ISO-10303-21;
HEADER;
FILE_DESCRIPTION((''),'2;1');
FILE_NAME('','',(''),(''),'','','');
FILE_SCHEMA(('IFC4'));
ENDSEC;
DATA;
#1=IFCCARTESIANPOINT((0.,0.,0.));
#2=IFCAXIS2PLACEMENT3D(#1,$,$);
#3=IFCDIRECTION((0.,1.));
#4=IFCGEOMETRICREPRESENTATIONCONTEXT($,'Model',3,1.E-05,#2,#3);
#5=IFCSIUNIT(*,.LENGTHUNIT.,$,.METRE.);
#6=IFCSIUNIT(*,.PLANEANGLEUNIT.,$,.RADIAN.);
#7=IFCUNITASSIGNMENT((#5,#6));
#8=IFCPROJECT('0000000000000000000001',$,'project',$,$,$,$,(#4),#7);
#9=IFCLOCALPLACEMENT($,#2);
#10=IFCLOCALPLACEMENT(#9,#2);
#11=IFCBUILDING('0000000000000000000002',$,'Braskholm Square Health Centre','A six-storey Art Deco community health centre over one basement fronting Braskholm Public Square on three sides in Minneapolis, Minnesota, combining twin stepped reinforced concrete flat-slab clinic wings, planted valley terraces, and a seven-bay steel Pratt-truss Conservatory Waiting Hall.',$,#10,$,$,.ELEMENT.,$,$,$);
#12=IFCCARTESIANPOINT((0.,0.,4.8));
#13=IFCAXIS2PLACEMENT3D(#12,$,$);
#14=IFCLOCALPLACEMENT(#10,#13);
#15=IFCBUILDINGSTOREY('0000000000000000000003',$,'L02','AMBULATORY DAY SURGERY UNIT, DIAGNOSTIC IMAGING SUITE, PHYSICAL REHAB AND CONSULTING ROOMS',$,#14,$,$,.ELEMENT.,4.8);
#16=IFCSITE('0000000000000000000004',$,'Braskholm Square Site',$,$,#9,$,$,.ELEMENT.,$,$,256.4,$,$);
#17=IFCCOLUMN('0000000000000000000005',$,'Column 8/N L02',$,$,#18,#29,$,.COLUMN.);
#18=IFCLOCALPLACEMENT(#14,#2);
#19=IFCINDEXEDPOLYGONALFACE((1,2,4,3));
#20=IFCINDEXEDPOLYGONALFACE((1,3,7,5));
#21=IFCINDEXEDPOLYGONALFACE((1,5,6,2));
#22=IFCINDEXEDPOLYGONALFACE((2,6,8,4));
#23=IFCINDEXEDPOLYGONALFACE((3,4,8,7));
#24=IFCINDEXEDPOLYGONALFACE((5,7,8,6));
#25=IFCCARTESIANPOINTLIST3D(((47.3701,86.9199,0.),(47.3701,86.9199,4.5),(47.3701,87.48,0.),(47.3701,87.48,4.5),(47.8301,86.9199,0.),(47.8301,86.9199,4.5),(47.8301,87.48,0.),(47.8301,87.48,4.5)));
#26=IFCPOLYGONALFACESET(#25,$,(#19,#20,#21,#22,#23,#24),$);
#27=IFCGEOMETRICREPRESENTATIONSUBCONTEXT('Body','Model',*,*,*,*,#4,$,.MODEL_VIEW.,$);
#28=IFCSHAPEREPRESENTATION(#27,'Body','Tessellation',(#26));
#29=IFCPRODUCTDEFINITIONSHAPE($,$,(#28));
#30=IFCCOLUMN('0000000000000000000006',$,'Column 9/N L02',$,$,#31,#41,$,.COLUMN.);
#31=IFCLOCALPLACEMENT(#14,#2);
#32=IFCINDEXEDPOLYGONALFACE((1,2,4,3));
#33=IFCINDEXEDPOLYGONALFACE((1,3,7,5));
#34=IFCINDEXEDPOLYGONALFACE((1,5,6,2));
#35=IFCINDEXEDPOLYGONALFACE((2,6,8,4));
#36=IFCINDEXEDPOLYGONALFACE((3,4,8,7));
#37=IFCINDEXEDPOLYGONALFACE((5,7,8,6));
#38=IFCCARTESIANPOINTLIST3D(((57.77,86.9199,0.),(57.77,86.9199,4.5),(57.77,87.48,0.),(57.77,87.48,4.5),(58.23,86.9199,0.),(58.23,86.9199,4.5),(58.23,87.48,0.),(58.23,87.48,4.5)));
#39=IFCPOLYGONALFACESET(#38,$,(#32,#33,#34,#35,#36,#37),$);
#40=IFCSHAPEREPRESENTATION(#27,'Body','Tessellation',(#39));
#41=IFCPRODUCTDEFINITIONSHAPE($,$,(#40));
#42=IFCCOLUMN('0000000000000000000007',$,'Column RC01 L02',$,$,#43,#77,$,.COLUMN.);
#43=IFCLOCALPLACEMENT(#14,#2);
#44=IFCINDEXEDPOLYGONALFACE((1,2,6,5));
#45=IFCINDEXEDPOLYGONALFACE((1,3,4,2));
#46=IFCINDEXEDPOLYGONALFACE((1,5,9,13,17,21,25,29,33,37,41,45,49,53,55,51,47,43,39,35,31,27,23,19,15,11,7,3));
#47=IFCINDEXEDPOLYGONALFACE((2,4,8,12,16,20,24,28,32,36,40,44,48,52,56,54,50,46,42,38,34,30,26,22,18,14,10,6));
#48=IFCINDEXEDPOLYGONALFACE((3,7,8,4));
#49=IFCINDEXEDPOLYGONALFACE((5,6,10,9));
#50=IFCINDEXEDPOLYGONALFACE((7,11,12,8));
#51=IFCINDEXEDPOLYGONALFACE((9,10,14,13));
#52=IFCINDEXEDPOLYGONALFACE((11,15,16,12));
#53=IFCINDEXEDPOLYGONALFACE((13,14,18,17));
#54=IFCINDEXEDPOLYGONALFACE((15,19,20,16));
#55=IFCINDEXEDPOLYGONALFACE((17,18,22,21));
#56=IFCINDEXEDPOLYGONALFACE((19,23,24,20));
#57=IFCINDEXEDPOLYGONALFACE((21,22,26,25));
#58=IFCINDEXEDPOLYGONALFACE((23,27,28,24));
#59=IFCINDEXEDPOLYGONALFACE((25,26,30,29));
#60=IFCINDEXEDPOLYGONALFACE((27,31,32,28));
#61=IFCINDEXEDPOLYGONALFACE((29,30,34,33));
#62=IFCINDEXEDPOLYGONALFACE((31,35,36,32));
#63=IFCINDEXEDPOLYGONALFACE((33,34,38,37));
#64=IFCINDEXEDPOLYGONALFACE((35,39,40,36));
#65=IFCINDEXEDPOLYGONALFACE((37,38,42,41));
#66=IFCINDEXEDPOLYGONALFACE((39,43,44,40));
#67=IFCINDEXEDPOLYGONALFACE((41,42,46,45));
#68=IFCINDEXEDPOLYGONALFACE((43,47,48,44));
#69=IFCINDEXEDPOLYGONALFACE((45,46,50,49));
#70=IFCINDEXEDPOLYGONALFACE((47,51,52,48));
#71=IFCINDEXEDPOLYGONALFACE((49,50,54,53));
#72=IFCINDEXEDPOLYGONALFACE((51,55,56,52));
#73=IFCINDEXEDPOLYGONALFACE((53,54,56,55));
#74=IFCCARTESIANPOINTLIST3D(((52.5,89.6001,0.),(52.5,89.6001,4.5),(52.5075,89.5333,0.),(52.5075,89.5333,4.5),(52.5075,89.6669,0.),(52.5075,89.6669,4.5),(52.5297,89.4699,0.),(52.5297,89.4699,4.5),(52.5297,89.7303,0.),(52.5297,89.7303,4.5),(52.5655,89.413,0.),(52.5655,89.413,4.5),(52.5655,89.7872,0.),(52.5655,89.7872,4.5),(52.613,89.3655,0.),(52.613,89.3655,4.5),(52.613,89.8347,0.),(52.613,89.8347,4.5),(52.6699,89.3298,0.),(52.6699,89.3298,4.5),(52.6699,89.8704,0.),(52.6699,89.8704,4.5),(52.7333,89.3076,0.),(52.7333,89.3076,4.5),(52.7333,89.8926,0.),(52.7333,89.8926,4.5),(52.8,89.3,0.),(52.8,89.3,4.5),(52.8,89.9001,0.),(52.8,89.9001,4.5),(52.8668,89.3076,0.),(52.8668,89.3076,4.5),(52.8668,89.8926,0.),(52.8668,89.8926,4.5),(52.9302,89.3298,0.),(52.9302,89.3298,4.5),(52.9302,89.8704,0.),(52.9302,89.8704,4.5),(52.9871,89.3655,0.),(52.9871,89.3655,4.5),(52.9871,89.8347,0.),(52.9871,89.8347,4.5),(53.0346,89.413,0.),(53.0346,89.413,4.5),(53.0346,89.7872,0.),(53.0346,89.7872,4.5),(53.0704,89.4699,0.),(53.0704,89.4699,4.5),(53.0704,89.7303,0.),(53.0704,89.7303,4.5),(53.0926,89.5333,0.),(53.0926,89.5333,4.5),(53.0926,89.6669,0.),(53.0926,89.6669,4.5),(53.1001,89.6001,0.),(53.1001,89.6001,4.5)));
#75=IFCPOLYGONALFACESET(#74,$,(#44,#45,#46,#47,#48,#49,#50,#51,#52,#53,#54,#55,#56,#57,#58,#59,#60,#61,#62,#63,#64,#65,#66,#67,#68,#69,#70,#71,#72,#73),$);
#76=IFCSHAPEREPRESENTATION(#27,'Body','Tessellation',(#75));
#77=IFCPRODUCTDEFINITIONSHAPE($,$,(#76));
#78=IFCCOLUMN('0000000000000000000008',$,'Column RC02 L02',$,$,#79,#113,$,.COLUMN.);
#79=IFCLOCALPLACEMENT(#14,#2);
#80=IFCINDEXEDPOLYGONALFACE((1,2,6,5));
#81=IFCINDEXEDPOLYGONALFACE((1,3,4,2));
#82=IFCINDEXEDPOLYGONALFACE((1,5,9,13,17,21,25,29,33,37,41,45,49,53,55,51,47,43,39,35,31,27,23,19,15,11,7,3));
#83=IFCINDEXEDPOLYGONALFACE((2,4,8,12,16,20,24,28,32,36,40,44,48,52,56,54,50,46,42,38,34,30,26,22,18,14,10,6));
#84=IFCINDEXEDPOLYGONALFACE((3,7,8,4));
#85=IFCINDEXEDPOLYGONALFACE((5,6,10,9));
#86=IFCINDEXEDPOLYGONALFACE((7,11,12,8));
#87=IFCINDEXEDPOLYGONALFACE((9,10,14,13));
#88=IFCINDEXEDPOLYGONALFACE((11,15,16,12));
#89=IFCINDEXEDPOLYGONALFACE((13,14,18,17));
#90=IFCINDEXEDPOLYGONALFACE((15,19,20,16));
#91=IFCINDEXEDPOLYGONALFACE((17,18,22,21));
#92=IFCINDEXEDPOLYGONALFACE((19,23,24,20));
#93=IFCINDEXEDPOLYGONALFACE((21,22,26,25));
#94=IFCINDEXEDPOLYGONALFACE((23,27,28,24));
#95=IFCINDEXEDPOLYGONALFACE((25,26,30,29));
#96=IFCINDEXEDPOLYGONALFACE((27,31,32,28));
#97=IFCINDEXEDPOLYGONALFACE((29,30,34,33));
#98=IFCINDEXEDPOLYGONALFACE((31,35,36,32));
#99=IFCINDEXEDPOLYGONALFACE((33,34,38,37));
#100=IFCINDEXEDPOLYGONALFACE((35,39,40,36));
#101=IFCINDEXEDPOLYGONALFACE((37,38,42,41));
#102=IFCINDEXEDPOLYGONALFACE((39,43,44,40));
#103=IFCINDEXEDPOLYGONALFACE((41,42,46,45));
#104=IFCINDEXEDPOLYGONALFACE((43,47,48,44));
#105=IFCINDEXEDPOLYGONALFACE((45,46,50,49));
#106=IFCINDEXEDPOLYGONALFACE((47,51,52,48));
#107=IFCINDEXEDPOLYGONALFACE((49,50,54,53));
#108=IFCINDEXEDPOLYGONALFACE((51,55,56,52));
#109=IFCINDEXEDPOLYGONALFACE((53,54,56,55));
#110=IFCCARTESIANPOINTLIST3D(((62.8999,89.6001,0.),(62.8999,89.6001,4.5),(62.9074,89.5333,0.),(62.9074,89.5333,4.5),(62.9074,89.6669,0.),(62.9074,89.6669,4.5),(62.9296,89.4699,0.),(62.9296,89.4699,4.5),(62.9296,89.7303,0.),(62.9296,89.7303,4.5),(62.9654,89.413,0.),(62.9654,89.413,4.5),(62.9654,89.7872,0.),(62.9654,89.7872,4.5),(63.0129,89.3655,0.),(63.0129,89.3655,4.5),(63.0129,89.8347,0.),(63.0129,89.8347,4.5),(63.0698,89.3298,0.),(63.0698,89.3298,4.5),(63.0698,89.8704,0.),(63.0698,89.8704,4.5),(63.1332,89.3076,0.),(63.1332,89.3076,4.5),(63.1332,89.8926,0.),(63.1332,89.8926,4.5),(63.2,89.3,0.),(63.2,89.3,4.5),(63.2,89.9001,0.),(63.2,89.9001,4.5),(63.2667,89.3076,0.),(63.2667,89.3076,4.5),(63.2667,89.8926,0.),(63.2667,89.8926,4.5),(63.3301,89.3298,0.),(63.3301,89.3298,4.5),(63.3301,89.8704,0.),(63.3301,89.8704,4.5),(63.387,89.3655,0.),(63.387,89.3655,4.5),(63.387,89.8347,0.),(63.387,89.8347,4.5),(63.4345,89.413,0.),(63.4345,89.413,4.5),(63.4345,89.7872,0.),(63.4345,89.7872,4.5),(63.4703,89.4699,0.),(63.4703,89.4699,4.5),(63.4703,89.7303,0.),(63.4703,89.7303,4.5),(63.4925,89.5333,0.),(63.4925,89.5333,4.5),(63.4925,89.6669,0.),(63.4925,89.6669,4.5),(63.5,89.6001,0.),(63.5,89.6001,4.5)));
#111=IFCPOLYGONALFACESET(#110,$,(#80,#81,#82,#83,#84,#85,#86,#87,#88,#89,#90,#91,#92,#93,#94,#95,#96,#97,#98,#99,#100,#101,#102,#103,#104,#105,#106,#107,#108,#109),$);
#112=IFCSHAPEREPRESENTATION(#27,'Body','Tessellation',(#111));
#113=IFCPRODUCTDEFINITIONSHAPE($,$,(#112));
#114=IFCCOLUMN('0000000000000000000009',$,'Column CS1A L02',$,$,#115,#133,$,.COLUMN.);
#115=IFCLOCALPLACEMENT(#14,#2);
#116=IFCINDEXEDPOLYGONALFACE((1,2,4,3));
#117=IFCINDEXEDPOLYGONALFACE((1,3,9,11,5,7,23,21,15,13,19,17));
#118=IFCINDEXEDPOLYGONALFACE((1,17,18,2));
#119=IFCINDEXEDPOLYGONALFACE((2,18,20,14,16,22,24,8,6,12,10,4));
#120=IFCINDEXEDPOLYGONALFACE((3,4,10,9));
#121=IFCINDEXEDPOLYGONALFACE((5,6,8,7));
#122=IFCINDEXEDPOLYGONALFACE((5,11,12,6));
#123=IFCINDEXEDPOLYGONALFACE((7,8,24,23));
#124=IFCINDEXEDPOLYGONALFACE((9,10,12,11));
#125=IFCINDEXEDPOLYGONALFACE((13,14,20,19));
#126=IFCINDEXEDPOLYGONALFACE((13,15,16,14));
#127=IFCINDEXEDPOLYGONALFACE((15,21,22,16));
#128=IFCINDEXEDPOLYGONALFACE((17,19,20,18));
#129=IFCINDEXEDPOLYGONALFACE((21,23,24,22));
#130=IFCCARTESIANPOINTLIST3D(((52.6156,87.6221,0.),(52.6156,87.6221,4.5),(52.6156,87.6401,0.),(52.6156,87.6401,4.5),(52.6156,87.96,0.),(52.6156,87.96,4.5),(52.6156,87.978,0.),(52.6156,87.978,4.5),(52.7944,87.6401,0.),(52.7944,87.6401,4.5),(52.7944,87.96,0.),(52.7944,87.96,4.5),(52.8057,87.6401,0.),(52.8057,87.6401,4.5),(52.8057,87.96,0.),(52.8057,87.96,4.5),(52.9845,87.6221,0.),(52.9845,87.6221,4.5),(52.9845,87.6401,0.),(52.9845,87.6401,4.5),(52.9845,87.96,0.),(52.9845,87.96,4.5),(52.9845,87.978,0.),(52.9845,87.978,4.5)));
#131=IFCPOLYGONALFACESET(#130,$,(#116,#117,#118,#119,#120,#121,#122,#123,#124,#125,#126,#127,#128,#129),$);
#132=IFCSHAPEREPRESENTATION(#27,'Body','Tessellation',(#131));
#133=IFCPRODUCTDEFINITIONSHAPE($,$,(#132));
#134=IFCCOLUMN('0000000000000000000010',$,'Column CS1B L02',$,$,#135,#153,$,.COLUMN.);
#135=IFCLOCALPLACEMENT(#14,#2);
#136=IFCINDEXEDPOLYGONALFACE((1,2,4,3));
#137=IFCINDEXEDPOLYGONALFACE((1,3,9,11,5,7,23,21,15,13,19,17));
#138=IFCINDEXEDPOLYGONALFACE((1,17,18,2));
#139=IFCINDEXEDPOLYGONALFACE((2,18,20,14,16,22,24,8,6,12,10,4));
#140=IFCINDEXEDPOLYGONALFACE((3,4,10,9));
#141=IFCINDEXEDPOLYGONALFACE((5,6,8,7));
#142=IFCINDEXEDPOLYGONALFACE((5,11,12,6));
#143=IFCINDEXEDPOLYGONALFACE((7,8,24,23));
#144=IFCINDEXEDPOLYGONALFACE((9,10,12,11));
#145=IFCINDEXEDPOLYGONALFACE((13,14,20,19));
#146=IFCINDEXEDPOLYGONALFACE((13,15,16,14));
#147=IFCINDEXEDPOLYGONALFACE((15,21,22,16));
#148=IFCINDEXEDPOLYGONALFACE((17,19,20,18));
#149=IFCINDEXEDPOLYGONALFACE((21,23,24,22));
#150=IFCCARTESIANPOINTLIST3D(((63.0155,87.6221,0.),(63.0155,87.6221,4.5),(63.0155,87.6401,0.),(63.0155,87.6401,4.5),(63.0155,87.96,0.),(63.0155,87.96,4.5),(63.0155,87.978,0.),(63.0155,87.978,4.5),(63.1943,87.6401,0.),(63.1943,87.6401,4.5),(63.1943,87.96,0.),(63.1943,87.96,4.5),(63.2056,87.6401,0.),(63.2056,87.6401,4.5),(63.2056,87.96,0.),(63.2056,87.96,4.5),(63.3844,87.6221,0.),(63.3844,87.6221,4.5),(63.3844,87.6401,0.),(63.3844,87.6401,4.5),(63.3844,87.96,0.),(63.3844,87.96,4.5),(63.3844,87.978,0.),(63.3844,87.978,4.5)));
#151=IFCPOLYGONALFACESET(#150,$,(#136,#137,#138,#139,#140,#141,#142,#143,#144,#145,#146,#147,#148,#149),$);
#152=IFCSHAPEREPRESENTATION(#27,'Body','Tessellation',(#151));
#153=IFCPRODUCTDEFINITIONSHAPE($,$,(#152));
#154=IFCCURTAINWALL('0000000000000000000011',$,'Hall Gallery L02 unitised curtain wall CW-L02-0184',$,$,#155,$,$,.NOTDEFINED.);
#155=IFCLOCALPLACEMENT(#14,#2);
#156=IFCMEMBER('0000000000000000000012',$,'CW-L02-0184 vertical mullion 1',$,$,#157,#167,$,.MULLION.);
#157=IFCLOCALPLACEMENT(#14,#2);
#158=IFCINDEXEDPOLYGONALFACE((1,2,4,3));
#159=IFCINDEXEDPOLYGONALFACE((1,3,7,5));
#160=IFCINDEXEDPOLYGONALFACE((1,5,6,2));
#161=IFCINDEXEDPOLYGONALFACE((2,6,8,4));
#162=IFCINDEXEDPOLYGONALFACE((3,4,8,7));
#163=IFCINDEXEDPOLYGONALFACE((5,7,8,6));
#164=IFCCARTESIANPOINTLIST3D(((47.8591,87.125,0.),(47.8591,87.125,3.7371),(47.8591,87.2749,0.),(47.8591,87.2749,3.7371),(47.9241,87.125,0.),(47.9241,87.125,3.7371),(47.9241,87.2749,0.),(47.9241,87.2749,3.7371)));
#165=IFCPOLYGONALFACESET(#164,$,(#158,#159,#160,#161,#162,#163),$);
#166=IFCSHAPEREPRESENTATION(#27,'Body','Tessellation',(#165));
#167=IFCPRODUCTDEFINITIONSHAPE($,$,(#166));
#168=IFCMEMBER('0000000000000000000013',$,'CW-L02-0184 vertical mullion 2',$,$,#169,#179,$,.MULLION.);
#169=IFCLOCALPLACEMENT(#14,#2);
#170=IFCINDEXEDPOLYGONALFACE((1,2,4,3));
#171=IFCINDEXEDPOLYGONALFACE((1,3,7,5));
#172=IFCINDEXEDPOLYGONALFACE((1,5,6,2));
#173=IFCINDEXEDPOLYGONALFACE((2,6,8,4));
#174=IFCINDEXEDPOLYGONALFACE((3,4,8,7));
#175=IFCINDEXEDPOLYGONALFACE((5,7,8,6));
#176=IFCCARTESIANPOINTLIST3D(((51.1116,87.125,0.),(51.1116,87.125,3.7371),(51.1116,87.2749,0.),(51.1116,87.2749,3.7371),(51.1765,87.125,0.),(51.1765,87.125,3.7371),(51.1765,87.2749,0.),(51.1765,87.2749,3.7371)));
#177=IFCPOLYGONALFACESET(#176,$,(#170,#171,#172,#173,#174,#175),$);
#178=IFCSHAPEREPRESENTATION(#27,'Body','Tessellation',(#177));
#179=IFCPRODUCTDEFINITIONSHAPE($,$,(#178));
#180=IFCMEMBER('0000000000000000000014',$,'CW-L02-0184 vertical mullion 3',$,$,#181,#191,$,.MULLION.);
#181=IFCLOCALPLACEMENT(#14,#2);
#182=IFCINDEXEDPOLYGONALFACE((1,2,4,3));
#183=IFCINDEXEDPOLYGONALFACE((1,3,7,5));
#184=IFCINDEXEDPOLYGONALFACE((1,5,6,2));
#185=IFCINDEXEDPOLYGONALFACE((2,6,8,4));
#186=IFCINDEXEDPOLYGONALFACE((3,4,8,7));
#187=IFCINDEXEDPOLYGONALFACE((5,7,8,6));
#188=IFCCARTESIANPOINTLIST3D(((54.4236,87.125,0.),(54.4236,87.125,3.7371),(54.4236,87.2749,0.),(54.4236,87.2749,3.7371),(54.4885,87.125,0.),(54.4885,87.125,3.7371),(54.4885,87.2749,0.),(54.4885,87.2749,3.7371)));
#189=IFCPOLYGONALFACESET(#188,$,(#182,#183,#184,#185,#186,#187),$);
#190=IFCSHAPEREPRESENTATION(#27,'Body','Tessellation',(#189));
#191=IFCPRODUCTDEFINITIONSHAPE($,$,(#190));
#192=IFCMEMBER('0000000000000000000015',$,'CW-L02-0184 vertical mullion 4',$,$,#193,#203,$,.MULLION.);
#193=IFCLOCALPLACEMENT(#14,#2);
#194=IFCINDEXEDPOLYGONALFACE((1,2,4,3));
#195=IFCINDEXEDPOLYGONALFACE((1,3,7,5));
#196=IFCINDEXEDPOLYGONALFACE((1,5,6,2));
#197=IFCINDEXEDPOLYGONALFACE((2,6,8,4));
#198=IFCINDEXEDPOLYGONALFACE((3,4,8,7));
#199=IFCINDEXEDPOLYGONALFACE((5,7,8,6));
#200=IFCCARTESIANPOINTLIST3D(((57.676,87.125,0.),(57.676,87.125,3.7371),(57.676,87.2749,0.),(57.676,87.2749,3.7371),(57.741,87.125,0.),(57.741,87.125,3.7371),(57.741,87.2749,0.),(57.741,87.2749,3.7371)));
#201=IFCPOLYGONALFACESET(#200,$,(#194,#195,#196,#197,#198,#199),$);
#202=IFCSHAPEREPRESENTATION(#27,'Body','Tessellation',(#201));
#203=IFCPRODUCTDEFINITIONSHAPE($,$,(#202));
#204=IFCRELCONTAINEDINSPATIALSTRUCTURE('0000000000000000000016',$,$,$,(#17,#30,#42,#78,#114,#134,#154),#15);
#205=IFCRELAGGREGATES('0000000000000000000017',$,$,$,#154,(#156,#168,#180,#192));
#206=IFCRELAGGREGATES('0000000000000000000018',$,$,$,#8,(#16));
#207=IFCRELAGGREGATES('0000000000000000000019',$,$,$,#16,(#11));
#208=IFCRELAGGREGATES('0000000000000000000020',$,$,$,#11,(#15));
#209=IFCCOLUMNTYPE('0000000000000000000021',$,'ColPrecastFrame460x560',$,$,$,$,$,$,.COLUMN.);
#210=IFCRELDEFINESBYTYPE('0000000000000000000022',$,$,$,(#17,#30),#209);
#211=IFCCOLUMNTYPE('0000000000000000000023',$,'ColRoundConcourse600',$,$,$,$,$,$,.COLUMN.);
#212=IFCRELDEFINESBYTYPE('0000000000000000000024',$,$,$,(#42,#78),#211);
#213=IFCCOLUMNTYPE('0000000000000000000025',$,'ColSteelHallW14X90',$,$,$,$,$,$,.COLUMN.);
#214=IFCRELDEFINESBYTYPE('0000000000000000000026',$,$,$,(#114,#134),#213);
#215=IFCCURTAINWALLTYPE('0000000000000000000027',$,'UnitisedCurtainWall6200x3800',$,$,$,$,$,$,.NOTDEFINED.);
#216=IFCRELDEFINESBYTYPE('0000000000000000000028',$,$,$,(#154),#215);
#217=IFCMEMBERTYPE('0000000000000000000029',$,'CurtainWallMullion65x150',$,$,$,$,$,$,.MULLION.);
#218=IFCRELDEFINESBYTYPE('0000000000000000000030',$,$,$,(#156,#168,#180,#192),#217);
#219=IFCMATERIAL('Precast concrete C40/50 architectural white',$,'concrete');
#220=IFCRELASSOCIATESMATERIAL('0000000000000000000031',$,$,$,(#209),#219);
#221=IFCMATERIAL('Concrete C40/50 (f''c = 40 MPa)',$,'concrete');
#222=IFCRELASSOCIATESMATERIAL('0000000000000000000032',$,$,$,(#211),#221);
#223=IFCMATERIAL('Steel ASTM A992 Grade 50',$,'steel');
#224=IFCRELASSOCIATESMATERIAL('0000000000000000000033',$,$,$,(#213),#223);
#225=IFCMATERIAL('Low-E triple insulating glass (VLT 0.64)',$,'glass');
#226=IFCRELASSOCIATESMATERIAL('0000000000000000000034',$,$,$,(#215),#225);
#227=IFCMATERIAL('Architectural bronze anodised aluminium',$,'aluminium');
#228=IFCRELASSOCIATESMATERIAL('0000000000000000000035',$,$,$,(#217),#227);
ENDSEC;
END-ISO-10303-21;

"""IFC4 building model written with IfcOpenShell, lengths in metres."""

from ifc_helpers import new_model, si_unit, direction, frame, origin, origin_2d, place, context, subcontext, project, spatial, rectangle, circle, i_section, extrude, material, material_profile, profile_set, type_object, element, aggregate, save


model = new_model("IFC4")

# Units and contexts
model_context = context("Model", 3, precision=1e-05, world=origin(), true_north=direction((0.0, 1.0)))
body_context = subcontext(model_context, "Body", "Model", "MODEL_VIEW")
ifc_project = project(units=[si_unit("LENGTHUNIT", "METRE"), si_unit("PLANEANGLEUNIT", "RADIAN")], contexts=[model_context])

# Site, building, storey
site_placement = place(None, origin())
site = spatial("IfcSite", under=ifc_project, at=site_placement, Name="Braskholm Square Site", CompositionType="ELEMENT", RefElevation=256.4)
building_placement = place(site_placement, origin())
building = spatial("IfcBuilding", under=site, at=building_placement, Name="Braskholm Square Health Centre", Description="A six-storey Art Deco community health centre over one basement fronting Braskholm Public Square on three sides in Minneapolis, Minnesota, combining twin stepped reinforced concrete flat-slab clinic wings, planted valley terraces, and a seven-bay steel Pratt-truss Conservatory Waiting Hall.", CompositionType="ELEMENT")
storey_placement = place(building_placement, frame((0.0, 0.0, 4.8)))
storey = spatial("IfcBuildingStorey", under=building, at=storey_placement, Name="L02", Description="AMBULATORY DAY SURGERY UNIT, DIAGNOSTIC IMAGING SUITE, PHYSICAL REHAB AND CONSULTING ROOMS", CompositionType="ELEMENT", Elevation=4.8)

# Columns
ifc_material_1 = material(Name="Precast concrete C40/50 architectural white", Category="concrete")
ifc_material_profile_1 = material_profile(ifc_material_1, rectangle(XDim=0.46, YDim=0.5601, at=origin_2d()), Name="RC-460X560")
ifc_profile_set_1 = profile_set([ifc_material_profile_1], Name="Precast concrete C40/50 architectural white")
column_type_1 = type_object("IfcColumnType", Name="ColPrecastFrame460x560", PredefinedType="COLUMN", material=ifc_profile_set_1)
for number, where, z_axis, x_axis, name in (
    (1, (47.6001, 87.2, 0.0), (0.0, 0.0, 1.0), (1.0, 0.0, 0.0), "Column 8/N L02"),
    (2, (58.0, 87.2, 0.0), (0.0, 0.0, 1.0), (1.0, 0.0, 0.0), "Column 9/N L02"),
):
    element("IfcColumn", number, at=place(storey_placement, frame(where, z_axis=z_axis, x_axis=x_axis)), inside=storey, type_object=column_type_1, Name=name, PredefinedType="COLUMN", context=body_context, shape_type="SweptSolid", body=[
        extrude(rectangle(XDim=0.46, YDim=0.5601, at=origin_2d()), origin(), (0.0, 0.0, 1.0), 4.5),
    ])
ifc_material_2 = material(Name="Concrete C40/50 (f'c = 40 MPa)", Category="concrete")
ifc_material_profile_2 = material_profile(ifc_material_2, circle(Radius=0.3, at=origin_2d()), Name="RC-RND-600")
ifc_profile_set_2 = profile_set([ifc_material_profile_2], Name="Concrete C40/50 (f'c = 40 MPa)")
column_type_2 = type_object("IfcColumnType", Name="ColRoundConcourse600", PredefinedType="COLUMN", material=ifc_profile_set_2)
for number, where, z_axis, x_axis, name in (
    (3, (52.8, 89.6001, 0.0), (0.0, 0.0, 1.0), (1.0, 0.0, 0.0), "Column RC01 L02"),
    (4, (63.2, 89.6001, 0.0), (0.0, 0.0, 1.0), (1.0, 0.0, 0.0), "Column RC02 L02"),
):
    element("IfcColumn", number, at=place(storey_placement, frame(where, z_axis=z_axis, x_axis=x_axis)), inside=storey, type_object=column_type_2, Name=name, PredefinedType="COLUMN", context=body_context, shape_type="SweptSolid", body=[
        extrude(circle(Radius=0.3, at=origin_2d()), origin(), (0.0, 0.0, 1.0), 4.5),
    ])
ifc_material_3 = material(Name="Steel ASTM A992 Grade 50", Category="steel")
ifc_material_profile_3 = material_profile(ifc_material_3, i_section(OverallWidth=0.3689, OverallDepth=0.356, WebThickness=0.0112, FlangeThickness=0.0181, at=origin_2d()), Name="W14X90")
ifc_profile_set_3 = profile_set([ifc_material_profile_3], Name="Steel ASTM A992 Grade 50")
column_type_3 = type_object("IfcColumnType", Name="ColSteelHallW14X90", PredefinedType="COLUMN", material=ifc_profile_set_3)
for number, where, z_axis, x_axis, name in (
    (5, (52.8, 87.8, 0.0), (0.0, 0.0, 1.0), (1.0, 0.0, 0.0), "Column CS1A L02"),
    (6, (63.2, 87.8, 0.0), (0.0, 0.0, 1.0), (1.0, 0.0, 0.0), "Column CS1B L02"),
):
    element("IfcColumn", number, at=place(storey_placement, frame(where, z_axis=z_axis, x_axis=x_axis)), inside=storey, type_object=column_type_3, Name=name, PredefinedType="COLUMN", context=body_context, shape_type="SweptSolid", body=[
        extrude(i_section(OverallWidth=0.3689, OverallDepth=0.356, WebThickness=0.0112, FlangeThickness=0.0181, at=origin_2d()), origin(), (0.0, 0.0, 1.0), 4.5),
    ])

# Curtain wall, members
ifc_material_4 = material(Name="Low-E triple insulating glass (VLT 0.64)", Category="glass")
curtain_wall_type = type_object("IfcCurtainWallType", Name="UnitisedCurtainWall6200x3800", PredefinedType="NOTDEFINED", material=ifc_material_4)
curtain_wall_1_placement = place(storey_placement, origin())
curtain_wall_1 = element("IfcCurtainWall", 7, at=curtain_wall_1_placement, inside=storey, type_object=curtain_wall_type, Name="Hall Gallery L02 unitised curtain wall CW-L02-0184", PredefinedType="NOTDEFINED")
ifc_material_5 = material(Name="Architectural bronze anodised aluminium", Category="aluminium")
ifc_material_profile_4 = material_profile(ifc_material_5, rectangle(XDim=0.0649, YDim=0.1499, at=origin_2d()), Name="ALU-65X150")
ifc_profile_set_4 = profile_set([ifc_material_profile_4], Name="Architectural bronze anodised aluminium")
member_type_1 = type_object("IfcMemberType", Name="CurtainWallMullion65x150", PredefinedType="MULLION", material=ifc_profile_set_4)
member_1_placement = place(storey_placement, frame((47.8916, 87.2, 0.0), z_axis=(0.0, 0.0, 1.0), x_axis=(1.0, 0.0, 0.0)))
member_1 = element("IfcMember", 8, at=member_1_placement, type_object=member_type_1, Name="CW-L02-0184 vertical mullion 1", PredefinedType="MULLION", context=body_context, shape_type="SweptSolid", body=[
    extrude(rectangle(XDim=0.0649, YDim=0.1499, at=origin_2d()), origin(), (0.0, 0.0, 1.0), 3.7371),
])
member_2_placement = place(storey_placement, frame((51.144, 87.2, 0.0), z_axis=(0.0, 0.0, 1.0), x_axis=(1.0, 0.0, 0.0)))
member_2 = element("IfcMember", 9, at=member_2_placement, type_object=member_type_1, Name="CW-L02-0184 vertical mullion 2", PredefinedType="MULLION", context=body_context, shape_type="SweptSolid", body=[
    extrude(rectangle(XDim=0.0649, YDim=0.1499, at=origin_2d()), origin(), (0.0, 0.0, 1.0), 3.7371),
])
member_3_placement = place(storey_placement, frame((54.4561, 87.2, 0.0), z_axis=(0.0, 0.0, 1.0), x_axis=(1.0, 0.0, 0.0)))
member_3 = element("IfcMember", 10, at=member_3_placement, type_object=member_type_1, Name="CW-L02-0184 vertical mullion 3", PredefinedType="MULLION", context=body_context, shape_type="SweptSolid", body=[
    extrude(rectangle(XDim=0.0649, YDim=0.1499, at=origin_2d()), origin(), (0.0, 0.0, 1.0), 3.7371),
])
member_4_placement = place(storey_placement, frame((57.7085, 87.2, 0.0), z_axis=(0.0, 0.0, 1.0), x_axis=(1.0, 0.0, 0.0)))
member_4 = element("IfcMember", 11, at=member_4_placement, type_object=member_type_1, Name="CW-L02-0184 vertical mullion 4", PredefinedType="MULLION", context=body_context, shape_type="SweptSolid", body=[
    extrude(rectangle(XDim=0.0649, YDim=0.1499, at=origin_2d()), origin(), (0.0, 0.0, 1.0), 3.7371),
])

aggregate(curtain_wall_1, [member_1, member_2, member_3, member_4])

save(model, "model.ifc")
